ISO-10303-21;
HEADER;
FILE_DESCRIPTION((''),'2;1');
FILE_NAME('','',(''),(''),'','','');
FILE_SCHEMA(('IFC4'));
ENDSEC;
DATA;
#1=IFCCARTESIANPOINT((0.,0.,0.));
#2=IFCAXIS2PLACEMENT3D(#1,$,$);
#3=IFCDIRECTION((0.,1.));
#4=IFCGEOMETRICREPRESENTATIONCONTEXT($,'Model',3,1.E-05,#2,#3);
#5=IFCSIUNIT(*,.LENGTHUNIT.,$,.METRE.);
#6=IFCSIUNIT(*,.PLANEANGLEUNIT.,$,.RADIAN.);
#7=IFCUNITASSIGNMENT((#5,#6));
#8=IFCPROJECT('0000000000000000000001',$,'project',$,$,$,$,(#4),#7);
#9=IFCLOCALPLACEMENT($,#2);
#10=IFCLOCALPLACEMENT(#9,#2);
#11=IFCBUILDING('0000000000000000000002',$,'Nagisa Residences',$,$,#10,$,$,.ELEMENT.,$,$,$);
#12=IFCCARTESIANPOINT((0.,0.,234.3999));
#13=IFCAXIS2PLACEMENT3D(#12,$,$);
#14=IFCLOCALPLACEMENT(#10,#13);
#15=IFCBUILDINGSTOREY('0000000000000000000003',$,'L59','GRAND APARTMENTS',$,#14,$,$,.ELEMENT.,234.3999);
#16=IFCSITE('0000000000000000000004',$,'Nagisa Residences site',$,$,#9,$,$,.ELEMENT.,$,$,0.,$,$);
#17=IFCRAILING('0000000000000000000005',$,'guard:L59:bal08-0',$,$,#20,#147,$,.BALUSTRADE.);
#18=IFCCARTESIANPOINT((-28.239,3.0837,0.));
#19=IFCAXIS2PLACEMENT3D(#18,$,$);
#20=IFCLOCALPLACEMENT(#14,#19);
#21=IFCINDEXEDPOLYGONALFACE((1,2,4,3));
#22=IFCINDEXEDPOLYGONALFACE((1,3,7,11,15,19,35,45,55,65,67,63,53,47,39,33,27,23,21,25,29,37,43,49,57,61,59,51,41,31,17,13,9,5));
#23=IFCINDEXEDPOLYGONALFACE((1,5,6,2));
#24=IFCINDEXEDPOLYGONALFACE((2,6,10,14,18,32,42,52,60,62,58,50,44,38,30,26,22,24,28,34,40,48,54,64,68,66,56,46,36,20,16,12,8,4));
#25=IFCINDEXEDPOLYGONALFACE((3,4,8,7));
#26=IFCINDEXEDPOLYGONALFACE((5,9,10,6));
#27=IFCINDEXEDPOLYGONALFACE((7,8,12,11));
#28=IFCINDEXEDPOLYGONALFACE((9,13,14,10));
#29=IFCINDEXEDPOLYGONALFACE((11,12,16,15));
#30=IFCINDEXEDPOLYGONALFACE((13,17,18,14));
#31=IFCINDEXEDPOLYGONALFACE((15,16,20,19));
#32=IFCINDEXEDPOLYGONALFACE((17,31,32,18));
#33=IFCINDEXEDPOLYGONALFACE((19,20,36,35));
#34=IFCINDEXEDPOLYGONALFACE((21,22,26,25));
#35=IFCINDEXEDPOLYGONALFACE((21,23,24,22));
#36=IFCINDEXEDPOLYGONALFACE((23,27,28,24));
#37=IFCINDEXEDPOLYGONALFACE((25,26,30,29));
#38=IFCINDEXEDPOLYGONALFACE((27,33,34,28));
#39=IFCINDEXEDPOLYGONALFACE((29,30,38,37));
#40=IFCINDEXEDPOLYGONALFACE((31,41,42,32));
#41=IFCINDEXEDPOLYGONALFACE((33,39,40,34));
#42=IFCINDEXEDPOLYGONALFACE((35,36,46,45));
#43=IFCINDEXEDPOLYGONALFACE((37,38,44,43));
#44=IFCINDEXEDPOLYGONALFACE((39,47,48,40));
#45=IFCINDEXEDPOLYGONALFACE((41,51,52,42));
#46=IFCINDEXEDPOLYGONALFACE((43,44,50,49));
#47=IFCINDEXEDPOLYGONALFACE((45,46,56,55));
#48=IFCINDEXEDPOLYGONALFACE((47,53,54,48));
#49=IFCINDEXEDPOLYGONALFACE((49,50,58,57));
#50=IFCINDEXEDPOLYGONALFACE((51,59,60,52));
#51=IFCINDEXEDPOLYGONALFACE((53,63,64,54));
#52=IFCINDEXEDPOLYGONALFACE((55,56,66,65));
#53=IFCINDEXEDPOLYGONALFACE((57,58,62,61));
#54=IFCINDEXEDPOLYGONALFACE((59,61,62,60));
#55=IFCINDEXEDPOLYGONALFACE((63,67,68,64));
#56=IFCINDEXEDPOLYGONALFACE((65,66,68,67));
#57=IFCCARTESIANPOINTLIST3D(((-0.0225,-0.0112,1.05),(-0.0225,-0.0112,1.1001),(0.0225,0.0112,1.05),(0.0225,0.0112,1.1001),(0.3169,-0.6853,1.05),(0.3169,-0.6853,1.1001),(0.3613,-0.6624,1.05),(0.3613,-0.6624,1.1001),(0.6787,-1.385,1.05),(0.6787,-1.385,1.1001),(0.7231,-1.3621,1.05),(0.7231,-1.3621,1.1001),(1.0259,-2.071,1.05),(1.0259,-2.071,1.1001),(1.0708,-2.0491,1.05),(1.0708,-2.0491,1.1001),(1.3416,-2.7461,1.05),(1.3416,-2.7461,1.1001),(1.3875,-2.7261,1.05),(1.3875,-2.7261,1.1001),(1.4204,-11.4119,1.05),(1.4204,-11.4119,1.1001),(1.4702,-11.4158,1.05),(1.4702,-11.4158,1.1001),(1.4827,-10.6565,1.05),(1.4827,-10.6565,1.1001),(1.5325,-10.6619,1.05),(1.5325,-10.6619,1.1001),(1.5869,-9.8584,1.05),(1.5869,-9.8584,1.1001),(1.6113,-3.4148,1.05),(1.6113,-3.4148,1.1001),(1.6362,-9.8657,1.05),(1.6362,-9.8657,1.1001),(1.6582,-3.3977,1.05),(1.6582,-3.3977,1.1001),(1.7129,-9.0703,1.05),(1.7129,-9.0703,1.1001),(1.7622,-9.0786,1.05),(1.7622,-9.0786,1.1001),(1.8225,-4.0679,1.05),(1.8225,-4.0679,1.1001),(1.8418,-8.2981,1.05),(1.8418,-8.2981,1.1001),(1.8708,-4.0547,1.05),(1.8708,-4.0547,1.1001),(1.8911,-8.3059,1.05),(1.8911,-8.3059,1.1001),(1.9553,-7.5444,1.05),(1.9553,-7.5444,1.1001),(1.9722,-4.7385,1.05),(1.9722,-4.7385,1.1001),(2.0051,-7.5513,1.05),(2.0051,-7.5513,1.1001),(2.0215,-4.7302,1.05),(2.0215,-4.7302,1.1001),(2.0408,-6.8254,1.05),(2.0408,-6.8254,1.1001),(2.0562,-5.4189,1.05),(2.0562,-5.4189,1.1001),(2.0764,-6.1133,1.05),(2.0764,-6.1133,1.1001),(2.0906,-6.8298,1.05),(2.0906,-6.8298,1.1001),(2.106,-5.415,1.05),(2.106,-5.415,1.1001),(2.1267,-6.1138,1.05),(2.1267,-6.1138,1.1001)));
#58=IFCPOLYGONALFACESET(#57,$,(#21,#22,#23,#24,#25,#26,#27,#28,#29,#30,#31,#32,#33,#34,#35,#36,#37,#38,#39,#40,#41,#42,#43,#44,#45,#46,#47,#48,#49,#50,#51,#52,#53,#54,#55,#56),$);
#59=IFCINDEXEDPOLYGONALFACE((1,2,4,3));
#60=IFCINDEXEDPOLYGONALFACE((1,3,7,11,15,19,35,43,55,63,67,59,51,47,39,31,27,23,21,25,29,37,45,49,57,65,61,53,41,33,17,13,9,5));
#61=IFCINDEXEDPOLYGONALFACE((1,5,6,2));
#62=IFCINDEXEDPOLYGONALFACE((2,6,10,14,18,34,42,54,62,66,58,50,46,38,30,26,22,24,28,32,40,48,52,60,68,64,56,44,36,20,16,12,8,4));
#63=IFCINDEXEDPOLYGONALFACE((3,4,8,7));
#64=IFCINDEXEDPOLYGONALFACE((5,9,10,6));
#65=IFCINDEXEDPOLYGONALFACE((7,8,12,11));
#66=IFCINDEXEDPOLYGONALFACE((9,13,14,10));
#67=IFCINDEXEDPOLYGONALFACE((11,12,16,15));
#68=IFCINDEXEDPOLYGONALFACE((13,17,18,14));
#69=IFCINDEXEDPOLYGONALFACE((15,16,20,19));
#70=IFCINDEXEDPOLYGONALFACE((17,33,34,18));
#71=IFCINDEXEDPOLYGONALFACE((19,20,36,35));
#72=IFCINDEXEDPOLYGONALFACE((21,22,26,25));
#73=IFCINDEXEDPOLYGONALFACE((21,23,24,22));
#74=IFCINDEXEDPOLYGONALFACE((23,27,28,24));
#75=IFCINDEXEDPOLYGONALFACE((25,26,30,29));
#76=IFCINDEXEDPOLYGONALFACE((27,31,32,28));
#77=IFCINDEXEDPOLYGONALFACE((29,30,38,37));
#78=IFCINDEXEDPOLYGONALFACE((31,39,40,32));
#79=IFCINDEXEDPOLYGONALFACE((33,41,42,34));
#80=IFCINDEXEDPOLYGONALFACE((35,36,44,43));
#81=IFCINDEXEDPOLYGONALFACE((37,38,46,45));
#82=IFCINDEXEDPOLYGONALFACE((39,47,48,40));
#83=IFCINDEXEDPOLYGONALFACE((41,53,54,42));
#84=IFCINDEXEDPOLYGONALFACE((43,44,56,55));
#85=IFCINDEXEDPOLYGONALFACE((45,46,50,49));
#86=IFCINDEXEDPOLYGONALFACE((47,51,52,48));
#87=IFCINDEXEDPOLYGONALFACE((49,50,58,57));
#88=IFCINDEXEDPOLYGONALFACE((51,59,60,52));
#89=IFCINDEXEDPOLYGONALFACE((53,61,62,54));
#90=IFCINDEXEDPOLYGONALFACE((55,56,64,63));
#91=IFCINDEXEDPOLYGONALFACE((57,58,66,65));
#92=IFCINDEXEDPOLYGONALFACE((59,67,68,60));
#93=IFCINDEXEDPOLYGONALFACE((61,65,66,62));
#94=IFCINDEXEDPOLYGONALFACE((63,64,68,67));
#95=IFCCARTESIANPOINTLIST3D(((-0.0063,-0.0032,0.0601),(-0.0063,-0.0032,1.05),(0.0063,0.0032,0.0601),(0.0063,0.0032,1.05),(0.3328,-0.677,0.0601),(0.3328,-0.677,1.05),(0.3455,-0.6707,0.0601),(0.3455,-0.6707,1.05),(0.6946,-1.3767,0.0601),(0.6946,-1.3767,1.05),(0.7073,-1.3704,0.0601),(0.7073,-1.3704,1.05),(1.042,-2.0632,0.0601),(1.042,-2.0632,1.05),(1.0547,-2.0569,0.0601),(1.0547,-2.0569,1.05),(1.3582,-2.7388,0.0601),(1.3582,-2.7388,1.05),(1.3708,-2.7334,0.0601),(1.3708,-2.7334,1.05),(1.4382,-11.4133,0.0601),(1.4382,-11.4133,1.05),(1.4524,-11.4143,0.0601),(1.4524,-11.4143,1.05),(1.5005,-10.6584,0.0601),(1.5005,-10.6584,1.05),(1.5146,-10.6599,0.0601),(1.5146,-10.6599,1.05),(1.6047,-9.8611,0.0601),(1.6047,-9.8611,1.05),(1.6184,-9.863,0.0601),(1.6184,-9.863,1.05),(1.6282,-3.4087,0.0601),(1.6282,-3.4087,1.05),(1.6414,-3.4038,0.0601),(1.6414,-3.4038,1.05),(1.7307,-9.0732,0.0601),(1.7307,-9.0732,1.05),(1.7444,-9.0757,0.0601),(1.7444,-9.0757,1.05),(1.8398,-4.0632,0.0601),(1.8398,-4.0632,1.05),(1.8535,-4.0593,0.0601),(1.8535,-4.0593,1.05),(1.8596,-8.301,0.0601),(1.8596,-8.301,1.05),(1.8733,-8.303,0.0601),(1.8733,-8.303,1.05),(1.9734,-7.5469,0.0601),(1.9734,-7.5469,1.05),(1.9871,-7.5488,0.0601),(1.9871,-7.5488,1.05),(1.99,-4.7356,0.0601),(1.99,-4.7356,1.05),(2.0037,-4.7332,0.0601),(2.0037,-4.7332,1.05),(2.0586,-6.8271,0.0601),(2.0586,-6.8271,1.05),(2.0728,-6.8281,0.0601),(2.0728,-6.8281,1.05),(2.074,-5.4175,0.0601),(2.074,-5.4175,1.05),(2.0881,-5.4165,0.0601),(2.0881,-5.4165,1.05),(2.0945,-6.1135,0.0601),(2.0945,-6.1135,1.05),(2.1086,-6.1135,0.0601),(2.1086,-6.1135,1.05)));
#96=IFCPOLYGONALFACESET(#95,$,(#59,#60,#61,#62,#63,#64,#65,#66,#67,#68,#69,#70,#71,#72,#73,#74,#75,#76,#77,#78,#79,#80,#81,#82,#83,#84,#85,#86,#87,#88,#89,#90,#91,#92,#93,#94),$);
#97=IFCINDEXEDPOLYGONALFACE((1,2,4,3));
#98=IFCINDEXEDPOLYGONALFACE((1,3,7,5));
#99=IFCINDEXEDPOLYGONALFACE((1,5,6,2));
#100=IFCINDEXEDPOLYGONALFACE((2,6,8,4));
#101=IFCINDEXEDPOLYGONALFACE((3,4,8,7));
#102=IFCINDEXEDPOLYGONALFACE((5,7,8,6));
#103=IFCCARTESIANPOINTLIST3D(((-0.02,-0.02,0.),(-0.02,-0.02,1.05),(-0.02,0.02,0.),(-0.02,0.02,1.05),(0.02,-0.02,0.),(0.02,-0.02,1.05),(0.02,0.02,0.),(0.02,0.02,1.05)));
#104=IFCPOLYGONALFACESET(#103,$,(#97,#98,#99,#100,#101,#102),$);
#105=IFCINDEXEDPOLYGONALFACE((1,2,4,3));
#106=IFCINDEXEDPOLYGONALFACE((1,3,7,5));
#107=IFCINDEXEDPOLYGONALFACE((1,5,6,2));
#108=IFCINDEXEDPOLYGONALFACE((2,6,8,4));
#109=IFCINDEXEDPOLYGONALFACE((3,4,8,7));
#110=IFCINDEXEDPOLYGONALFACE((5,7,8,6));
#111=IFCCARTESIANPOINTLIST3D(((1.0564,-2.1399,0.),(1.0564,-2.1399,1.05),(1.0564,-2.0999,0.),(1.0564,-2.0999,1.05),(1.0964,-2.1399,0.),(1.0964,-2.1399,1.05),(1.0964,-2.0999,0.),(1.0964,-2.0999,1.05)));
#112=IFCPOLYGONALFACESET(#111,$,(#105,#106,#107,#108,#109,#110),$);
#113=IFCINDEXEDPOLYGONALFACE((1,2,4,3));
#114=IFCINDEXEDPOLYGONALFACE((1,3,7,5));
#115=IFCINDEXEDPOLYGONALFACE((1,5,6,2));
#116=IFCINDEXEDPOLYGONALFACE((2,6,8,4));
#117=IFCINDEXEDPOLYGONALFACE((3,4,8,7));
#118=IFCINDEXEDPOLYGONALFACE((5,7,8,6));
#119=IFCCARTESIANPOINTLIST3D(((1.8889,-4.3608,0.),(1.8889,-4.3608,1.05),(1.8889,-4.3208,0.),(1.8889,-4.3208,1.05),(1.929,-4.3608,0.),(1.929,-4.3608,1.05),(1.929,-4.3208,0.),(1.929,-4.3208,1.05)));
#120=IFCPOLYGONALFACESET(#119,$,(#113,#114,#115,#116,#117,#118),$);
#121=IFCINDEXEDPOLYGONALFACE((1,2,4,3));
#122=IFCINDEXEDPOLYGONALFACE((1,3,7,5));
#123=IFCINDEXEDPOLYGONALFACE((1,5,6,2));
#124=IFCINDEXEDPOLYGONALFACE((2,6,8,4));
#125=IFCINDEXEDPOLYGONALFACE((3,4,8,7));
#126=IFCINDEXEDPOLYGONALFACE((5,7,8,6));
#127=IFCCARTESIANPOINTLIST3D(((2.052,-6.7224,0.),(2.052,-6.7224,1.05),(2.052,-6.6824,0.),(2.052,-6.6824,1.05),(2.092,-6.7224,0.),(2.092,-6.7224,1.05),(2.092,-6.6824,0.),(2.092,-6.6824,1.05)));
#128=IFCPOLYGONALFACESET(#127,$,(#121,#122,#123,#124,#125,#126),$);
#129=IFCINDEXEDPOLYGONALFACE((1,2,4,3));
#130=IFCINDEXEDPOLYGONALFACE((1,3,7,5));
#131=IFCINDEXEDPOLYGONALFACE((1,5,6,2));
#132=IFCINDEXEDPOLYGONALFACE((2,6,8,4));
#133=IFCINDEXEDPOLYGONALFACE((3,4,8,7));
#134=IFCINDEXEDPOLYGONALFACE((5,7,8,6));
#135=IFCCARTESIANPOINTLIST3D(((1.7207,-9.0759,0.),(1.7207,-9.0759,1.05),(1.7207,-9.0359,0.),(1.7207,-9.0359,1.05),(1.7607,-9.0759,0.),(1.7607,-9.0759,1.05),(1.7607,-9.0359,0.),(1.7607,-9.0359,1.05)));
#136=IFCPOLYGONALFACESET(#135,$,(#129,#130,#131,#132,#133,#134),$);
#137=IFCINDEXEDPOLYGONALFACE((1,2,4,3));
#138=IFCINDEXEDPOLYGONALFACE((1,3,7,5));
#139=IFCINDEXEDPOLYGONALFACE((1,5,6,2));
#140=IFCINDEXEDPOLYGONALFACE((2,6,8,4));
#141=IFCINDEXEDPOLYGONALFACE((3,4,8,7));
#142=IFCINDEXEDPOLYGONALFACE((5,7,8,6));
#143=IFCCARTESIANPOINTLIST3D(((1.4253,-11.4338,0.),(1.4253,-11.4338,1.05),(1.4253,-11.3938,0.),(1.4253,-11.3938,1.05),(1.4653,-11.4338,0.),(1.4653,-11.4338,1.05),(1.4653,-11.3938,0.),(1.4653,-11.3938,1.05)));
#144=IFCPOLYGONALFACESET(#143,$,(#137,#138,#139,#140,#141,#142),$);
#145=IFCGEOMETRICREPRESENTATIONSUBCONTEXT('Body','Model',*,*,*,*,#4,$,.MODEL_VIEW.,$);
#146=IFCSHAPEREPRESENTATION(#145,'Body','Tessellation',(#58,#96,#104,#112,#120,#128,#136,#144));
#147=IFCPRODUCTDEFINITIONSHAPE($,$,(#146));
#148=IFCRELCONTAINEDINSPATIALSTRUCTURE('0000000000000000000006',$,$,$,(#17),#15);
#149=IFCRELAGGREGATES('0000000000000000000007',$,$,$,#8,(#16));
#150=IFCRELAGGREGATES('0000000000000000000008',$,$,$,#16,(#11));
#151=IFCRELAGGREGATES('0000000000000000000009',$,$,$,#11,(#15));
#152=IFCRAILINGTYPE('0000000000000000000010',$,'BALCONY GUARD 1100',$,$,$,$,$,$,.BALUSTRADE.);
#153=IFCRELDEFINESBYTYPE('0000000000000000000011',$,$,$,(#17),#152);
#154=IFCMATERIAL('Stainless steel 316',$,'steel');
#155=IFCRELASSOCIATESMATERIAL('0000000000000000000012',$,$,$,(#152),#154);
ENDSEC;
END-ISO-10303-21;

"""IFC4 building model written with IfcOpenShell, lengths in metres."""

from ifc_helpers import new_model, si_unit, direction, frame, origin, origin_2d, place, context, subcontext, project, spatial, polyline, rectangle, outline, extrude, material, type_object, element, save


model = new_model("IFC4")

# Units and contexts
model_context = context("Model", 3, precision=1e-05, world=origin(), true_north=direction((0.0, 1.0)))
body_context = subcontext(model_context, "Body", "Model", "MODEL_VIEW")
ifc_project = project(units=[si_unit("LENGTHUNIT", "METRE"), si_unit("PLANEANGLEUNIT", "RADIAN")], contexts=[model_context])

# Site, building, storey
site_placement = place(None, origin())
site = spatial("IfcSite", under=ifc_project, at=site_placement, Name="Nagisa Residences site", CompositionType="ELEMENT", RefElevation=0.0)
building_placement = place(site_placement, origin())
building = spatial("IfcBuilding", under=site, at=building_placement, Name="Nagisa Residences", CompositionType="ELEMENT")
storey_placement = place(building_placement, frame((0.0, 0.0, 234.3999)))
storey = spatial("IfcBuildingStorey", under=building, at=storey_placement, Name="L59", Description="GRAND APARTMENTS", CompositionType="ELEMENT", Elevation=234.3999)

# Railing
ifc_material_1 = material(Name="Stainless steel 316", Category="steel")
railing_type = type_object("IfcRailingType", Name="BALCONY GUARD 1100", PredefinedType="BALUSTRADE", material=ifc_material_1)
railing_1_placement = place(storey_placement, frame((-28.239, 3.0837, 0.0)))
element("IfcRailing", 1, at=railing_1_placement, inside=storey, type_object=railing_type, Name="guard:L59:bal08-0", PredefinedType="BALUSTRADE", context=body_context, shape_type="SweptSolid", body=[
    extrude(outline(polyline([(0.3613, -0.6624), (0.0225, 0.0112), (-0.0225, -0.0112), (0.3169, -0.6853), (0.6787, -1.385), (1.0259, -2.071), (1.3416, -2.7461), (1.6113, -3.4148), (1.8225, -4.0679), (1.9722, -4.7385), (2.0562, -5.4189), (2.0764, -6.1133), (2.0408, -6.8254), (1.9553, -7.5444), (1.8418, -8.2981), (1.7129, -9.0703), (1.5869, -9.8584), (1.4827, -10.6565), (1.4204, -11.4119), (1.4702, -11.4158), (1.5325, -10.6619), (1.6362, -9.8657), (1.7622, -9.0786), (1.8911, -8.3059), (2.0051, -7.5513), (2.0906, -6.8298), (2.1267, -6.1138), (2.106, -5.415), (2.0215, -4.7302), (1.8708, -4.0547), (1.6582, -3.3977), (1.3875, -2.7261), (1.0708, -2.0491), (0.7231, -1.3621), (0.3613, -0.6624)])), frame((0.0, 0.0, 1.05)), (0.0, 0.0, 1.0), 0.05),
    extrude(outline(polyline([(0.3455, -0.6707), (0.0063, 0.0032), (-0.0063, -0.0032), (0.3328, -0.677), (0.6946, -1.3767), (1.042, -2.0632), (1.3582, -2.7388), (1.6282, -3.4087), (1.8398, -4.0632), (1.99, -4.7356), (2.074, -5.4175), (2.0945, -6.1135), (2.0586, -6.8271), (1.9734, -7.5469), (1.8596, -8.301), (1.7307, -9.0732), (1.6047, -9.8611), (1.5005, -10.6584), (1.4382, -11.4133), (1.4524, -11.4143), (1.5146, -10.6599), (1.6184, -9.863), (1.7444, -9.0757), (1.8733, -8.303), (1.9871, -7.5488), (2.0728, -6.8281), (2.1086, -6.1135), (2.0881, -5.4165), (2.0037, -4.7332), (1.8535, -4.0593), (1.6414, -3.4038), (1.3708, -2.7334), (1.0547, -2.0569), (0.7073, -1.3704), (0.3455, -0.6707)])), frame((0.0, 0.0, 0.0601)), (0.0, 0.0, 1.0), 0.99),
    extrude(rectangle(XDim=0.04, YDim=0.04, at=origin_2d()), origin(), (0.0, 0.0, 1.0), 1.05),
    extrude(rectangle(XDim=0.04, YDim=0.04, at=origin_2d()), frame((1.0764, -2.1199, 0.0)), (0.0, 0.0, 1.0), 1.05),
    extrude(rectangle(XDim=0.04, YDim=0.04, at=origin_2d()), frame((1.9089, -4.3408, 0.0)), (0.0, 0.0, 1.0), 1.05),
    extrude(rectangle(XDim=0.04, YDim=0.04, at=origin_2d()), frame((2.072, -6.7024, 0.0)), (0.0, 0.0, 1.0), 1.05),
    extrude(rectangle(XDim=0.04, YDim=0.04, at=origin_2d()), frame((1.7407, -9.0559, 0.0)), (0.0, 0.0, 1.0), 1.05),
    extrude(rectangle(XDim=0.04, YDim=0.04, at=origin_2d()), frame((1.4453, -11.4138, 0.0)), (0.0, 0.0, 1.0), 1.05),
])

save(model, "model.ifc")
